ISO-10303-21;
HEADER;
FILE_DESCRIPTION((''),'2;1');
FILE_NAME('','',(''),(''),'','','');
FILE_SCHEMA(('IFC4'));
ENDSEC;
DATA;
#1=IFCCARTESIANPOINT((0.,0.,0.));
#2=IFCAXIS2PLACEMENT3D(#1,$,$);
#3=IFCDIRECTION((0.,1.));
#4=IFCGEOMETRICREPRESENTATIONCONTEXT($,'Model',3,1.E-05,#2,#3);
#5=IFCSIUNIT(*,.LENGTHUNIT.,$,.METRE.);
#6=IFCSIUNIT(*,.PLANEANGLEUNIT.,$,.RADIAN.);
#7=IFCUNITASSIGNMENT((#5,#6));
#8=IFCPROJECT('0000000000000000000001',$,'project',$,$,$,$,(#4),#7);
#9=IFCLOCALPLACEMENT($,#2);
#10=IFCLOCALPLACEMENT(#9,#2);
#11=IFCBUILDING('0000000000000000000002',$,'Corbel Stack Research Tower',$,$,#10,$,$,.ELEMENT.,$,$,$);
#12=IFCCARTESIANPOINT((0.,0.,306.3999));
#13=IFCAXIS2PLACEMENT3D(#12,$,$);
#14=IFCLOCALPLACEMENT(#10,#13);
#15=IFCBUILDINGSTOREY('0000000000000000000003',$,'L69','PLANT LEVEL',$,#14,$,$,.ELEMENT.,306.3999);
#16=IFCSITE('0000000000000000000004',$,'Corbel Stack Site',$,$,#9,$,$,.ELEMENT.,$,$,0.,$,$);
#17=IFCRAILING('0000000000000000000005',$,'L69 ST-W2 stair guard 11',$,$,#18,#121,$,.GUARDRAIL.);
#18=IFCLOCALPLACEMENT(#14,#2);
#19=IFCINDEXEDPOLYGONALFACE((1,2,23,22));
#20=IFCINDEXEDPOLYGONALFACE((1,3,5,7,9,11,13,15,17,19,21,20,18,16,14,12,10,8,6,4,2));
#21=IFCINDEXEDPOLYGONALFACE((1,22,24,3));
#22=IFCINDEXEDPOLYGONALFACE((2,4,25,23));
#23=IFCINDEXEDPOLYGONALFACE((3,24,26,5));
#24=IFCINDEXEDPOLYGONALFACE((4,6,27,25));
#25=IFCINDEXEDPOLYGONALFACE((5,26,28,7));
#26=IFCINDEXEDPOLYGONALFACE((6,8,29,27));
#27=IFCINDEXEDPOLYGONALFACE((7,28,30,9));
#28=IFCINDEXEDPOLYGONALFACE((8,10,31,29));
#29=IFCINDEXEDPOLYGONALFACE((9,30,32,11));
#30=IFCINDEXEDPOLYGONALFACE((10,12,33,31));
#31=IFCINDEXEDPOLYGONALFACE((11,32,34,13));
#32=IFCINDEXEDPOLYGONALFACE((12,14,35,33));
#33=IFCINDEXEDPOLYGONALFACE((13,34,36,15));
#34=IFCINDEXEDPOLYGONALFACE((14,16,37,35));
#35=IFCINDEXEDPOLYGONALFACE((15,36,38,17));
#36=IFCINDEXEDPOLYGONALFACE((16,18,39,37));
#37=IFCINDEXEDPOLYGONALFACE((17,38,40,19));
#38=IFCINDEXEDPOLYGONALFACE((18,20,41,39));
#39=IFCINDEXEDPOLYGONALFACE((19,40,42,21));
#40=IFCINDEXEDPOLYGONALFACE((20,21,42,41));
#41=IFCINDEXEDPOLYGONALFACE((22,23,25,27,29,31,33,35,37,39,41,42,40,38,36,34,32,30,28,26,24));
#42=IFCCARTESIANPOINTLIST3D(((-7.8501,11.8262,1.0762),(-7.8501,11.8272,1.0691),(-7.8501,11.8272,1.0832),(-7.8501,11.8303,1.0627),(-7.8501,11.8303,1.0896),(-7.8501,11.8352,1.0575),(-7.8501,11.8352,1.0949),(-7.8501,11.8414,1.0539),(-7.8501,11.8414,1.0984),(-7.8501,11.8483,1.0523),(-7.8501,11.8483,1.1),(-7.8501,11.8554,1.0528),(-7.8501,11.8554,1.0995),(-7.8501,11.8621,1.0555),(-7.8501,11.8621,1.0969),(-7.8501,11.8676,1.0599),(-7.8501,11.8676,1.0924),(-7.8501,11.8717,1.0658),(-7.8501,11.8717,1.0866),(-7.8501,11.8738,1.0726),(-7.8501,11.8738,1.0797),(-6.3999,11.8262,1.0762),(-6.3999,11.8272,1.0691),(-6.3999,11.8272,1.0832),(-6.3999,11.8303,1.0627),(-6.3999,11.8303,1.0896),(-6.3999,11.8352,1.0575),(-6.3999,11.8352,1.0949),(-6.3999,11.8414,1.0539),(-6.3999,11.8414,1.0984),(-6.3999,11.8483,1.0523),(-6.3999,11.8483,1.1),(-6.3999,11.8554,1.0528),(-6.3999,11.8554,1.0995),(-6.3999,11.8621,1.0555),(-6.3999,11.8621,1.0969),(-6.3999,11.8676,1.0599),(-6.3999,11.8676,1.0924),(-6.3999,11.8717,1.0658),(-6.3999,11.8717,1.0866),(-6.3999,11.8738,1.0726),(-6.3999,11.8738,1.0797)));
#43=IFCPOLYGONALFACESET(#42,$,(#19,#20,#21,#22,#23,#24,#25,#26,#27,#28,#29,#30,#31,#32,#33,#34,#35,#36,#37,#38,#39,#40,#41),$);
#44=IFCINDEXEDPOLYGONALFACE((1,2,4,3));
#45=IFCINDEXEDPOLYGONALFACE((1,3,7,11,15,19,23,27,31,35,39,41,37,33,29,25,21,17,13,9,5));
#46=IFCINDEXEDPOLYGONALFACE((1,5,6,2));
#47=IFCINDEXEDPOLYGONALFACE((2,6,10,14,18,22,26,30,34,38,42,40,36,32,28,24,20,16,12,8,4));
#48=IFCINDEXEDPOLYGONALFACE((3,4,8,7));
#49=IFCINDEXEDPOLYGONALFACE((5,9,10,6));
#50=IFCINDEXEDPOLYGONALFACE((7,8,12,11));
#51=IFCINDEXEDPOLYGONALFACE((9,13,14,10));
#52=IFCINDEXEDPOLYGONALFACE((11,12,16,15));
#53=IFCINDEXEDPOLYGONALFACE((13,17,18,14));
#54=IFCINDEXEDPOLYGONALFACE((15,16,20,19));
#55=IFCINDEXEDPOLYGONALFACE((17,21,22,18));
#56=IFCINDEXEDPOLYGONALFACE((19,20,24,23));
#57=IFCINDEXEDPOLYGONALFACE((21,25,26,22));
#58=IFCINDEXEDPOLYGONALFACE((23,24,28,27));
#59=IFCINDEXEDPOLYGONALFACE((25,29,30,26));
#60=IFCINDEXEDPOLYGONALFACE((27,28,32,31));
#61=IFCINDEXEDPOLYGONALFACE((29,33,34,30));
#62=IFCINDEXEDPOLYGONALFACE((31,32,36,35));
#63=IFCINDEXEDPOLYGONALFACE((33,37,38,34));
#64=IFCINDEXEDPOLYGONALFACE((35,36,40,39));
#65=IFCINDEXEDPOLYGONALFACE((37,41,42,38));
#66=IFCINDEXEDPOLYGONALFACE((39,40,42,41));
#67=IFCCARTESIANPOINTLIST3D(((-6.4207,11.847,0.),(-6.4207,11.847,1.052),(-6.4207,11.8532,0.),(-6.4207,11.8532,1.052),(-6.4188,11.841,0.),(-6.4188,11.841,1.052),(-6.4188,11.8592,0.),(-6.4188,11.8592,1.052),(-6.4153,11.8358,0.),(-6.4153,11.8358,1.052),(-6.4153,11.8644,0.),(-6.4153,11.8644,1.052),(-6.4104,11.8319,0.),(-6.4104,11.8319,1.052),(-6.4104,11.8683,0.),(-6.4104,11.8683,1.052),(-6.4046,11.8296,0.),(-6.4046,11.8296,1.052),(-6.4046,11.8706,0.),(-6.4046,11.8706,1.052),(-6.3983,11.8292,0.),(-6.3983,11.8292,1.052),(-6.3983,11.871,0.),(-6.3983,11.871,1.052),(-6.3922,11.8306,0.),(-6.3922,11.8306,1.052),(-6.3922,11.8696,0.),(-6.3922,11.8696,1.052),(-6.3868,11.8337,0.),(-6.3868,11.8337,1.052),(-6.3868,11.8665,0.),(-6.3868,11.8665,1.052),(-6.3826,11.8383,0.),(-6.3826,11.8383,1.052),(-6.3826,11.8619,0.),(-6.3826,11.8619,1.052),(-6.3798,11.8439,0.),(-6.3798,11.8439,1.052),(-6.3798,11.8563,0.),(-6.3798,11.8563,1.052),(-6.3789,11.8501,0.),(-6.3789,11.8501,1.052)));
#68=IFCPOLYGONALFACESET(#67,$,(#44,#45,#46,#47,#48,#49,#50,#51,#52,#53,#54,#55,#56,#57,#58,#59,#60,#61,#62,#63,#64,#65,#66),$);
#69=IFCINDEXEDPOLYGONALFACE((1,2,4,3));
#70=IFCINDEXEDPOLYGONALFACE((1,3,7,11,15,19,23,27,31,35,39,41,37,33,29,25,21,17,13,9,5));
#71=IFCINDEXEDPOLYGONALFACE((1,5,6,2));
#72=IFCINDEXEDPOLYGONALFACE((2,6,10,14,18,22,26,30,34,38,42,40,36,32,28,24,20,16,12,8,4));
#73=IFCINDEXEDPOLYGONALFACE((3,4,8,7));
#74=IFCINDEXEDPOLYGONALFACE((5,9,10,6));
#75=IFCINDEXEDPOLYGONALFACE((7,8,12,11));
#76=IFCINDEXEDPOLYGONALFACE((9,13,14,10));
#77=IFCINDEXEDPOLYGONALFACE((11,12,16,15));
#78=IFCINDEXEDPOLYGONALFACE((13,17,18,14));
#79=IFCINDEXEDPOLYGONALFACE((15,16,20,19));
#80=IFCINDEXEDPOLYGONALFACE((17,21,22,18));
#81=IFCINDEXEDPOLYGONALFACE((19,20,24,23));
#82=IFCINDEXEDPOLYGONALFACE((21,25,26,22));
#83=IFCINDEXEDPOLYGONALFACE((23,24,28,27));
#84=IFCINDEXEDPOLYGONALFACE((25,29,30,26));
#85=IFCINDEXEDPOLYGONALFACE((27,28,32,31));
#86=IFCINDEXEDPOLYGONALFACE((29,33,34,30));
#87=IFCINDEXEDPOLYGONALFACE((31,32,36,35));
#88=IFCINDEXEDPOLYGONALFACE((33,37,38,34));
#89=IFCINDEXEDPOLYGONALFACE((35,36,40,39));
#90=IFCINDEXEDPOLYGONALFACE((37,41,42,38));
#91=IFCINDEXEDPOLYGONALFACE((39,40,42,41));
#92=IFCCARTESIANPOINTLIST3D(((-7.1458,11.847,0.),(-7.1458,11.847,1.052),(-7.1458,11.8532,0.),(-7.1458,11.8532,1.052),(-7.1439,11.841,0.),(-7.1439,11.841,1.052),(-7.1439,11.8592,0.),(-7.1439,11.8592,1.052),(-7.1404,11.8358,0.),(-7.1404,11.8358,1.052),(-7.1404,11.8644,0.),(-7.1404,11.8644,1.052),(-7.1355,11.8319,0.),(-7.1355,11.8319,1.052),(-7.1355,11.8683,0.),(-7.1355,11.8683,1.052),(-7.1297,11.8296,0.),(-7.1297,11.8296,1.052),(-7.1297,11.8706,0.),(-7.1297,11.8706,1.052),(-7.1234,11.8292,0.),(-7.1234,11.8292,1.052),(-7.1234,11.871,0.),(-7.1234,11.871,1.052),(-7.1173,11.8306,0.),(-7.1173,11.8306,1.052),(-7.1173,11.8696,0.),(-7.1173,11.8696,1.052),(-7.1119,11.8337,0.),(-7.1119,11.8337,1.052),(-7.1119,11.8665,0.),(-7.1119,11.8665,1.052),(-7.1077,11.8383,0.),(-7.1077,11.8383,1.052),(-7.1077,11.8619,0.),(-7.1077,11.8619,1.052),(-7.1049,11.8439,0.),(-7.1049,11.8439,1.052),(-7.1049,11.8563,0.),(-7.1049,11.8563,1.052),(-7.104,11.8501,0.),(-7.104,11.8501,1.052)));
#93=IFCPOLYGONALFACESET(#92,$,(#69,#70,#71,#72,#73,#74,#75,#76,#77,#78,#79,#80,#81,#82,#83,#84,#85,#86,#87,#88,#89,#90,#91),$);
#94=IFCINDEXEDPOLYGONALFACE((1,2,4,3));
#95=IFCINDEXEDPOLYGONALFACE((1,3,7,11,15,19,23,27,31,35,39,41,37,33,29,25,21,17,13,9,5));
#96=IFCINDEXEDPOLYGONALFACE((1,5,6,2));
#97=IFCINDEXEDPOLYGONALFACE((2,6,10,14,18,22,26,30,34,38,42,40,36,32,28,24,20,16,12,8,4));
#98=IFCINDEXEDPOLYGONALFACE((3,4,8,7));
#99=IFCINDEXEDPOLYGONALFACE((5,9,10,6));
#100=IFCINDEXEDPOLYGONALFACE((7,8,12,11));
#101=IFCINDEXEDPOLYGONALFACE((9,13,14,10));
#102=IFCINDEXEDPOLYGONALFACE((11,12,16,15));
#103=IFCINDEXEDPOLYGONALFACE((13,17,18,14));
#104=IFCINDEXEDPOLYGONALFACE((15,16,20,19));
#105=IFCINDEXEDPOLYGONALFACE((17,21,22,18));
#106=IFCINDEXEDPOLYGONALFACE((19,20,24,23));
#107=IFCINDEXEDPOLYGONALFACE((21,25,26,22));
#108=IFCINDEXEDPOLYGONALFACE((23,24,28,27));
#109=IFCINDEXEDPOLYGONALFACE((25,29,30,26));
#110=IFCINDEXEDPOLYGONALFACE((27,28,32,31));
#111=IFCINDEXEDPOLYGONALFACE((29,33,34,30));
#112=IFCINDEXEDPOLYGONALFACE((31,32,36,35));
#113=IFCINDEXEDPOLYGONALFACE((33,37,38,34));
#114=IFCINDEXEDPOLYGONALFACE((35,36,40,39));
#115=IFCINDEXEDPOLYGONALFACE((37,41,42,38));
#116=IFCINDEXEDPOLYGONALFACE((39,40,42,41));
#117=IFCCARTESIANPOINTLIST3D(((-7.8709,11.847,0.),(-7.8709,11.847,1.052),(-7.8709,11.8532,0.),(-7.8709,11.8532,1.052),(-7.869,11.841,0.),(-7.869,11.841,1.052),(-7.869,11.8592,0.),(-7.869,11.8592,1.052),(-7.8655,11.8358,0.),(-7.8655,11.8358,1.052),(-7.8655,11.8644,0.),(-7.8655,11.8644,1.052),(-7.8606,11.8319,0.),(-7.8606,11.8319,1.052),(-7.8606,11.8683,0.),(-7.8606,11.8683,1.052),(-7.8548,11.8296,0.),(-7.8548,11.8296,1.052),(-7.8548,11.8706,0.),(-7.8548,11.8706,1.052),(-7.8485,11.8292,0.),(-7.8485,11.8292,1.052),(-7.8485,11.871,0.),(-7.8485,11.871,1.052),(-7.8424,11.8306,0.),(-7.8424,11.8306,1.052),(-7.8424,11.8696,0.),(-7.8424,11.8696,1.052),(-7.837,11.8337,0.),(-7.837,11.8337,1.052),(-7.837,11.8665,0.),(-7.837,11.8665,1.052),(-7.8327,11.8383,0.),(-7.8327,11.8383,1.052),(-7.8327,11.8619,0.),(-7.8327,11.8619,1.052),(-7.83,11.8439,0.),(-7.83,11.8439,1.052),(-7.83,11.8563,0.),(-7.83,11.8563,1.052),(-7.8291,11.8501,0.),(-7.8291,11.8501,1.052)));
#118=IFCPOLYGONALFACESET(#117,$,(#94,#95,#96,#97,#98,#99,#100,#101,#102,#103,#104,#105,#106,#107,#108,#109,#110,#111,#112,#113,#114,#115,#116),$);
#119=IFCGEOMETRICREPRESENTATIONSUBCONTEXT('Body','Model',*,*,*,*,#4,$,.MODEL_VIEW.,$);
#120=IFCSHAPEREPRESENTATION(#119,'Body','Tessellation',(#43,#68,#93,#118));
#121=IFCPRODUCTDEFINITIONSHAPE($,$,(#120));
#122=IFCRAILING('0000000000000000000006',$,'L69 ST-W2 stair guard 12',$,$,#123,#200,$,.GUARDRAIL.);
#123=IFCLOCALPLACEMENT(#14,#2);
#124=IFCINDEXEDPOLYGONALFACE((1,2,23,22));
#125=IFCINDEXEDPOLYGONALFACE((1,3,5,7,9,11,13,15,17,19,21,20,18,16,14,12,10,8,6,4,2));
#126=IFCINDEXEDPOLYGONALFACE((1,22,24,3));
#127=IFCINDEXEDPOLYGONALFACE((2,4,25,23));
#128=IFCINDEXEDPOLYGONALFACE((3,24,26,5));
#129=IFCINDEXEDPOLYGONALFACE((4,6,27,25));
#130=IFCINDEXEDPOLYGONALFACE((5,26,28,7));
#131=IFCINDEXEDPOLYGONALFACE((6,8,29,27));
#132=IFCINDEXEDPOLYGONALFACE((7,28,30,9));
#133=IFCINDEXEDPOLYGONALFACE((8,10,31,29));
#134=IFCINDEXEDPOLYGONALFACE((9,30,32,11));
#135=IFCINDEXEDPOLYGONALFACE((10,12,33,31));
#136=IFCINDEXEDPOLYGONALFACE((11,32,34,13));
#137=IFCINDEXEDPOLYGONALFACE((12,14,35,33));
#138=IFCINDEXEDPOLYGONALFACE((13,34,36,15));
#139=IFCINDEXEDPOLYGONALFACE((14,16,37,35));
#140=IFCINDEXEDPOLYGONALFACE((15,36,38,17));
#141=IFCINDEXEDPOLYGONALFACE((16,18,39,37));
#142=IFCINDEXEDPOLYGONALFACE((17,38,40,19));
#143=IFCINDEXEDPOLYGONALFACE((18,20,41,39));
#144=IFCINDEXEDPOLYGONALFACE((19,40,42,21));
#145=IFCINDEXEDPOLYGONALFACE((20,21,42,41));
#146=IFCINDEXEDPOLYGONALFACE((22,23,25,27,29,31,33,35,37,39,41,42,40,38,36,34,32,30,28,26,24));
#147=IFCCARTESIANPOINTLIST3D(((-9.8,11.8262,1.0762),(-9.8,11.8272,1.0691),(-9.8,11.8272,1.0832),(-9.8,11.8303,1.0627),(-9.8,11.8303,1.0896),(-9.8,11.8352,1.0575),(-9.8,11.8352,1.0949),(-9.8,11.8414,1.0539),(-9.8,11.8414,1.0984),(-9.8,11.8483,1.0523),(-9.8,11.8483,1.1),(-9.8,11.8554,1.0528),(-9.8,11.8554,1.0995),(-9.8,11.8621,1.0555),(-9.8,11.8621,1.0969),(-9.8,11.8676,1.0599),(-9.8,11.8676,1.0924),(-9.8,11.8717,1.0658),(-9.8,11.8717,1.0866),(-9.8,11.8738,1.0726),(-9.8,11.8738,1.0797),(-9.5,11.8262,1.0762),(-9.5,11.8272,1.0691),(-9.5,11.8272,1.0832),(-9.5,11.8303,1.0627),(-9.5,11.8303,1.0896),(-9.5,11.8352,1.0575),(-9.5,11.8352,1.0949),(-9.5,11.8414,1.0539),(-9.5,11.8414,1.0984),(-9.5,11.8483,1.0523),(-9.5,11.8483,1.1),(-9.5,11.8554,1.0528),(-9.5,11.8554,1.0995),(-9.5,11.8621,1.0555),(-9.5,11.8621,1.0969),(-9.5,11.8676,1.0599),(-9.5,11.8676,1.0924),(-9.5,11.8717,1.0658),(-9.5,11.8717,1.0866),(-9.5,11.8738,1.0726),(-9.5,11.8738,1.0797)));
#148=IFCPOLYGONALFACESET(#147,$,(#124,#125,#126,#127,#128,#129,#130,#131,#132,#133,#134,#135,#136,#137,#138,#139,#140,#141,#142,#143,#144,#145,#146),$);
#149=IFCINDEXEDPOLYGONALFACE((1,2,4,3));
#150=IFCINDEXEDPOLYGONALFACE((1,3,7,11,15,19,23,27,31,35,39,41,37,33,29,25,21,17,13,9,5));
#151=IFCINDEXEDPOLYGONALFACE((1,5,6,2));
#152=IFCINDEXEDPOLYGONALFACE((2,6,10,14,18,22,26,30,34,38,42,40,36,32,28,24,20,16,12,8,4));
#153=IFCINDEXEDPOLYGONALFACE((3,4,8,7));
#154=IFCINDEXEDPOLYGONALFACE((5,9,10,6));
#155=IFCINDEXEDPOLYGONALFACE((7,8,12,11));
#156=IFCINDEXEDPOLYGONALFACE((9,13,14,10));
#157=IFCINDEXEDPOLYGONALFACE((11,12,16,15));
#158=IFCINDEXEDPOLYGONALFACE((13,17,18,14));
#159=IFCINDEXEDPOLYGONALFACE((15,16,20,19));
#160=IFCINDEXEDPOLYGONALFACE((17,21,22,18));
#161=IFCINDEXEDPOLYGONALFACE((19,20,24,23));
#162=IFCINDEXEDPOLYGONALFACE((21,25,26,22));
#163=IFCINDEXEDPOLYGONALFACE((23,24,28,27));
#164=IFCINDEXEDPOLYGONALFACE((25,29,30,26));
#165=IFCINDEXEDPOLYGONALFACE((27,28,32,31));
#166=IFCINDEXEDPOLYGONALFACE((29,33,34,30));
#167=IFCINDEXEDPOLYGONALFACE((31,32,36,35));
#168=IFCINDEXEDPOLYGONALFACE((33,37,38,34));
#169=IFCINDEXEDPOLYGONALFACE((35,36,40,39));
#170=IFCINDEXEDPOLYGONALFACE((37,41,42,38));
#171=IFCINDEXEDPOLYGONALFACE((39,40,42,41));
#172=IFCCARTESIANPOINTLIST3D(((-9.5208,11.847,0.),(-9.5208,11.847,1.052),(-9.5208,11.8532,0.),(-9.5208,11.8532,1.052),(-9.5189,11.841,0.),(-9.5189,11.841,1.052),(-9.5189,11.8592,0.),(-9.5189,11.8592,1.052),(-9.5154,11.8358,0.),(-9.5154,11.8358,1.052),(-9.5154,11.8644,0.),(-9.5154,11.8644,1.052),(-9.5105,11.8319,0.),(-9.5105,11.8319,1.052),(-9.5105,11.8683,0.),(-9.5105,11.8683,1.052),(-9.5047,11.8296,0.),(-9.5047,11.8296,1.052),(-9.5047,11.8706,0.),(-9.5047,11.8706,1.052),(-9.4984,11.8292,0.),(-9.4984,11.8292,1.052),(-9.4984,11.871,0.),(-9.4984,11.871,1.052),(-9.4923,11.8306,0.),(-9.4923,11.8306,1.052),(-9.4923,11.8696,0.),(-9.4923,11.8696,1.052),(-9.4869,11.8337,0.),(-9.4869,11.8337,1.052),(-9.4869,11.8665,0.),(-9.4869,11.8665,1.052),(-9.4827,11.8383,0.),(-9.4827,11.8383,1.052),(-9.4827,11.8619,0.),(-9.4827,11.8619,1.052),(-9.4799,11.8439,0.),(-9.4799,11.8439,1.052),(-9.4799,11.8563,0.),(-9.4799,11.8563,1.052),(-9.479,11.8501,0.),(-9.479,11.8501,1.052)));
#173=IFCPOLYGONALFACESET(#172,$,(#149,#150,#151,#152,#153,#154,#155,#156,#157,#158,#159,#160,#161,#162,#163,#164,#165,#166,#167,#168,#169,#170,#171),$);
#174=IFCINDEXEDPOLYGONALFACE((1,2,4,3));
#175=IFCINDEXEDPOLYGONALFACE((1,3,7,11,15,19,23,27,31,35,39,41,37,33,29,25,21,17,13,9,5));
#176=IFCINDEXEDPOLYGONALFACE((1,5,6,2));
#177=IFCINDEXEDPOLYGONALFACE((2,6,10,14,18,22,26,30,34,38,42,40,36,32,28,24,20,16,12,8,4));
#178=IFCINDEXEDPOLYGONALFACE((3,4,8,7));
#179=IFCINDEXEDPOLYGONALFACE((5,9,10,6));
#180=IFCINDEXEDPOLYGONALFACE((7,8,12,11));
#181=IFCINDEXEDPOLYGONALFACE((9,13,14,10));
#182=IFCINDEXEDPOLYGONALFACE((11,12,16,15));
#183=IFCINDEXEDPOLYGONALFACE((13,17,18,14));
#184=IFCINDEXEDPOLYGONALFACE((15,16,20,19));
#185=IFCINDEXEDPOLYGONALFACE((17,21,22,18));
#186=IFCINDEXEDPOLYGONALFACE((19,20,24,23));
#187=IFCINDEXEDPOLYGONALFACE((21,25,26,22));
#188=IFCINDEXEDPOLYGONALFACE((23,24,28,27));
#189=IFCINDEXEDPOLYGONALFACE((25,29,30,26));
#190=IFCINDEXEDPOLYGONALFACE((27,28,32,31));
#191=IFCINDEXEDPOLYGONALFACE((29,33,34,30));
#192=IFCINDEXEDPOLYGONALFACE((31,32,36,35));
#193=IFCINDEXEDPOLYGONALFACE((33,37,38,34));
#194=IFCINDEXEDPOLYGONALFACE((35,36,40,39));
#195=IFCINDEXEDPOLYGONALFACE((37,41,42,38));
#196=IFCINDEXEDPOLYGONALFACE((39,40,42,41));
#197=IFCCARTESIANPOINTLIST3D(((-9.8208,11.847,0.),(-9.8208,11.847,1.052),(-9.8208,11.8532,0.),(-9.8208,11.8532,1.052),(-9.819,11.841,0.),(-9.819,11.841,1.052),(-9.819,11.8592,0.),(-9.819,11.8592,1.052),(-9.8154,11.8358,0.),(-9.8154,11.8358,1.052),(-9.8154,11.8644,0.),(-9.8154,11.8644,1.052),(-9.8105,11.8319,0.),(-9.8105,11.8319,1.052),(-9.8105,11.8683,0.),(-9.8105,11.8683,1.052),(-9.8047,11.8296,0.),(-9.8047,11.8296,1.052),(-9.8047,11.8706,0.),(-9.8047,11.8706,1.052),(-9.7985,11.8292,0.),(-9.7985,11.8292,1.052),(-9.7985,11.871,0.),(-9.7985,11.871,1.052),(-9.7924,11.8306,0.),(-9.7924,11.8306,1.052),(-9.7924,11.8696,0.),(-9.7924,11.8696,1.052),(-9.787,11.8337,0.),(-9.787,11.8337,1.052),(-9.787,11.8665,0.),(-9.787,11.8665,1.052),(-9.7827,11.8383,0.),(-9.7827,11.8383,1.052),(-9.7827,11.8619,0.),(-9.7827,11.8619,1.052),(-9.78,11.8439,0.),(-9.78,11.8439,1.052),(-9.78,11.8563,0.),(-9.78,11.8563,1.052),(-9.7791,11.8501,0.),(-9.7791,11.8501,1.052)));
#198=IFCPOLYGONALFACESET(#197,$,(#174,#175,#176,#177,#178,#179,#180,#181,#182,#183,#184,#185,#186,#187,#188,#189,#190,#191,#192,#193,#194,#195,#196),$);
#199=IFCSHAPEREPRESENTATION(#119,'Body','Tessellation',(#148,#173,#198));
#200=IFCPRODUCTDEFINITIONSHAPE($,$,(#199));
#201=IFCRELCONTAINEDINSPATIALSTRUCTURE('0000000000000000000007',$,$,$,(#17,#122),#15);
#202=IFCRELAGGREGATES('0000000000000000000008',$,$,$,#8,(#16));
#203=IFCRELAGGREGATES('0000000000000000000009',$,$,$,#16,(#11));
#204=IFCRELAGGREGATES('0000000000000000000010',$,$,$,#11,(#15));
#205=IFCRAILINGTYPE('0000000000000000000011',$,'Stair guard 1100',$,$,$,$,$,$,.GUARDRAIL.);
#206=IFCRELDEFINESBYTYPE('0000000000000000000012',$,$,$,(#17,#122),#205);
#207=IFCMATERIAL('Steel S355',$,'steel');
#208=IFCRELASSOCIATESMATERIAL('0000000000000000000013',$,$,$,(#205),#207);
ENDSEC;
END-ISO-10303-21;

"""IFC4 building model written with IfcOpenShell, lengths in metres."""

from ifc_helpers import new_model, si_unit, direction, frame, origin, origin_2d, place, context, subcontext, project, spatial, circle, extrude, material, type_object, element, save


model = new_model("IFC4")

# Units and contexts
model_context = context("Model", 3, precision=1e-05, world=origin(), true_north=direction((0.0, 1.0)))
body_context = subcontext(model_context, "Body", "Model", "MODEL_VIEW")
ifc_project = project(units=[si_unit("LENGTHUNIT", "METRE"), si_unit("PLANEANGLEUNIT", "RADIAN")], contexts=[model_context])

# Site, building, storey
site_placement = place(None, origin())
site = spatial("IfcSite", under=ifc_project, at=site_placement, Name="Corbel Stack Site", CompositionType="ELEMENT", RefElevation=0.0)
building_placement = place(site_placement, origin())
building = spatial("IfcBuilding", under=site, at=building_placement, Name="Corbel Stack Research Tower", CompositionType="ELEMENT")
storey_placement = place(building_placement, frame((0.0, 0.0, 306.3999)))
storey = spatial("IfcBuildingStorey", under=building, at=storey_placement, Name="L69", Description="PLANT LEVEL", CompositionType="ELEMENT", Elevation=306.3999)

# Railings
ifc_material_1 = material(Name="Steel S355", Category="steel")
railing_type_1 = type_object("IfcRailingType", Name="Stair guard 1100", PredefinedType="GUARDRAIL", material=ifc_material_1)
railing_1_placement = place(storey_placement, frame((-6.3999, 11.8501, 0.0)))
element("IfcRailing", 1, at=railing_1_placement, inside=storey, type_object=railing_type_1, Name="L69 ST-W2 stair guard 11", PredefinedType="GUARDRAIL", context=body_context, shape_type="SweptSolid", body=[
    extrude(circle(Radius=0.0239, at=origin_2d()), frame((0.0, 0.0, 1.0762), z_axis=(-1.0, 0.0, 0.0), x_axis=(0.0, -1.0, 0.0)), (0.0, 0.0, 1.0), 1.4502),
    extrude(circle(Radius=0.021, at=origin_2d()), origin(), (0.0, 0.0, 1.0), 1.052),
    extrude(circle(Radius=0.021, at=origin_2d()), frame((-0.7251, 0.0, 0.0)), (0.0, 0.0, 1.0), 1.052),
    extrude(circle(Radius=0.021, at=origin_2d()), frame((-1.4502, 0.0, 0.0)), (0.0, 0.0, 1.0), 1.052),
])
railing_2_placement = place(storey_placement, frame((-9.5, 11.8501, 0.0)))
element("IfcRailing", 2, at=railing_2_placement, inside=storey, type_object=railing_type_1, Name="L69 ST-W2 stair guard 12", PredefinedType="GUARDRAIL", context=body_context, shape_type="SweptSolid", body=[
    extrude(circle(Radius=0.0239, at=origin_2d()), frame((0.0, 0.0, 1.0762), z_axis=(-1.0, 0.0, 0.0), x_axis=(0.0, -1.0, 0.0)), (0.0, 0.0, 1.0), 0.3),
    extrude(circle(Radius=0.021, at=origin_2d()), origin(), (0.0, 0.0, 1.0), 1.052),
    extrude(circle(Radius=0.021, at=origin_2d()), frame((-0.3, 0.0, 0.0)), (0.0, 0.0, 1.0), 1.052),
])

save(model, "model.ifc")
